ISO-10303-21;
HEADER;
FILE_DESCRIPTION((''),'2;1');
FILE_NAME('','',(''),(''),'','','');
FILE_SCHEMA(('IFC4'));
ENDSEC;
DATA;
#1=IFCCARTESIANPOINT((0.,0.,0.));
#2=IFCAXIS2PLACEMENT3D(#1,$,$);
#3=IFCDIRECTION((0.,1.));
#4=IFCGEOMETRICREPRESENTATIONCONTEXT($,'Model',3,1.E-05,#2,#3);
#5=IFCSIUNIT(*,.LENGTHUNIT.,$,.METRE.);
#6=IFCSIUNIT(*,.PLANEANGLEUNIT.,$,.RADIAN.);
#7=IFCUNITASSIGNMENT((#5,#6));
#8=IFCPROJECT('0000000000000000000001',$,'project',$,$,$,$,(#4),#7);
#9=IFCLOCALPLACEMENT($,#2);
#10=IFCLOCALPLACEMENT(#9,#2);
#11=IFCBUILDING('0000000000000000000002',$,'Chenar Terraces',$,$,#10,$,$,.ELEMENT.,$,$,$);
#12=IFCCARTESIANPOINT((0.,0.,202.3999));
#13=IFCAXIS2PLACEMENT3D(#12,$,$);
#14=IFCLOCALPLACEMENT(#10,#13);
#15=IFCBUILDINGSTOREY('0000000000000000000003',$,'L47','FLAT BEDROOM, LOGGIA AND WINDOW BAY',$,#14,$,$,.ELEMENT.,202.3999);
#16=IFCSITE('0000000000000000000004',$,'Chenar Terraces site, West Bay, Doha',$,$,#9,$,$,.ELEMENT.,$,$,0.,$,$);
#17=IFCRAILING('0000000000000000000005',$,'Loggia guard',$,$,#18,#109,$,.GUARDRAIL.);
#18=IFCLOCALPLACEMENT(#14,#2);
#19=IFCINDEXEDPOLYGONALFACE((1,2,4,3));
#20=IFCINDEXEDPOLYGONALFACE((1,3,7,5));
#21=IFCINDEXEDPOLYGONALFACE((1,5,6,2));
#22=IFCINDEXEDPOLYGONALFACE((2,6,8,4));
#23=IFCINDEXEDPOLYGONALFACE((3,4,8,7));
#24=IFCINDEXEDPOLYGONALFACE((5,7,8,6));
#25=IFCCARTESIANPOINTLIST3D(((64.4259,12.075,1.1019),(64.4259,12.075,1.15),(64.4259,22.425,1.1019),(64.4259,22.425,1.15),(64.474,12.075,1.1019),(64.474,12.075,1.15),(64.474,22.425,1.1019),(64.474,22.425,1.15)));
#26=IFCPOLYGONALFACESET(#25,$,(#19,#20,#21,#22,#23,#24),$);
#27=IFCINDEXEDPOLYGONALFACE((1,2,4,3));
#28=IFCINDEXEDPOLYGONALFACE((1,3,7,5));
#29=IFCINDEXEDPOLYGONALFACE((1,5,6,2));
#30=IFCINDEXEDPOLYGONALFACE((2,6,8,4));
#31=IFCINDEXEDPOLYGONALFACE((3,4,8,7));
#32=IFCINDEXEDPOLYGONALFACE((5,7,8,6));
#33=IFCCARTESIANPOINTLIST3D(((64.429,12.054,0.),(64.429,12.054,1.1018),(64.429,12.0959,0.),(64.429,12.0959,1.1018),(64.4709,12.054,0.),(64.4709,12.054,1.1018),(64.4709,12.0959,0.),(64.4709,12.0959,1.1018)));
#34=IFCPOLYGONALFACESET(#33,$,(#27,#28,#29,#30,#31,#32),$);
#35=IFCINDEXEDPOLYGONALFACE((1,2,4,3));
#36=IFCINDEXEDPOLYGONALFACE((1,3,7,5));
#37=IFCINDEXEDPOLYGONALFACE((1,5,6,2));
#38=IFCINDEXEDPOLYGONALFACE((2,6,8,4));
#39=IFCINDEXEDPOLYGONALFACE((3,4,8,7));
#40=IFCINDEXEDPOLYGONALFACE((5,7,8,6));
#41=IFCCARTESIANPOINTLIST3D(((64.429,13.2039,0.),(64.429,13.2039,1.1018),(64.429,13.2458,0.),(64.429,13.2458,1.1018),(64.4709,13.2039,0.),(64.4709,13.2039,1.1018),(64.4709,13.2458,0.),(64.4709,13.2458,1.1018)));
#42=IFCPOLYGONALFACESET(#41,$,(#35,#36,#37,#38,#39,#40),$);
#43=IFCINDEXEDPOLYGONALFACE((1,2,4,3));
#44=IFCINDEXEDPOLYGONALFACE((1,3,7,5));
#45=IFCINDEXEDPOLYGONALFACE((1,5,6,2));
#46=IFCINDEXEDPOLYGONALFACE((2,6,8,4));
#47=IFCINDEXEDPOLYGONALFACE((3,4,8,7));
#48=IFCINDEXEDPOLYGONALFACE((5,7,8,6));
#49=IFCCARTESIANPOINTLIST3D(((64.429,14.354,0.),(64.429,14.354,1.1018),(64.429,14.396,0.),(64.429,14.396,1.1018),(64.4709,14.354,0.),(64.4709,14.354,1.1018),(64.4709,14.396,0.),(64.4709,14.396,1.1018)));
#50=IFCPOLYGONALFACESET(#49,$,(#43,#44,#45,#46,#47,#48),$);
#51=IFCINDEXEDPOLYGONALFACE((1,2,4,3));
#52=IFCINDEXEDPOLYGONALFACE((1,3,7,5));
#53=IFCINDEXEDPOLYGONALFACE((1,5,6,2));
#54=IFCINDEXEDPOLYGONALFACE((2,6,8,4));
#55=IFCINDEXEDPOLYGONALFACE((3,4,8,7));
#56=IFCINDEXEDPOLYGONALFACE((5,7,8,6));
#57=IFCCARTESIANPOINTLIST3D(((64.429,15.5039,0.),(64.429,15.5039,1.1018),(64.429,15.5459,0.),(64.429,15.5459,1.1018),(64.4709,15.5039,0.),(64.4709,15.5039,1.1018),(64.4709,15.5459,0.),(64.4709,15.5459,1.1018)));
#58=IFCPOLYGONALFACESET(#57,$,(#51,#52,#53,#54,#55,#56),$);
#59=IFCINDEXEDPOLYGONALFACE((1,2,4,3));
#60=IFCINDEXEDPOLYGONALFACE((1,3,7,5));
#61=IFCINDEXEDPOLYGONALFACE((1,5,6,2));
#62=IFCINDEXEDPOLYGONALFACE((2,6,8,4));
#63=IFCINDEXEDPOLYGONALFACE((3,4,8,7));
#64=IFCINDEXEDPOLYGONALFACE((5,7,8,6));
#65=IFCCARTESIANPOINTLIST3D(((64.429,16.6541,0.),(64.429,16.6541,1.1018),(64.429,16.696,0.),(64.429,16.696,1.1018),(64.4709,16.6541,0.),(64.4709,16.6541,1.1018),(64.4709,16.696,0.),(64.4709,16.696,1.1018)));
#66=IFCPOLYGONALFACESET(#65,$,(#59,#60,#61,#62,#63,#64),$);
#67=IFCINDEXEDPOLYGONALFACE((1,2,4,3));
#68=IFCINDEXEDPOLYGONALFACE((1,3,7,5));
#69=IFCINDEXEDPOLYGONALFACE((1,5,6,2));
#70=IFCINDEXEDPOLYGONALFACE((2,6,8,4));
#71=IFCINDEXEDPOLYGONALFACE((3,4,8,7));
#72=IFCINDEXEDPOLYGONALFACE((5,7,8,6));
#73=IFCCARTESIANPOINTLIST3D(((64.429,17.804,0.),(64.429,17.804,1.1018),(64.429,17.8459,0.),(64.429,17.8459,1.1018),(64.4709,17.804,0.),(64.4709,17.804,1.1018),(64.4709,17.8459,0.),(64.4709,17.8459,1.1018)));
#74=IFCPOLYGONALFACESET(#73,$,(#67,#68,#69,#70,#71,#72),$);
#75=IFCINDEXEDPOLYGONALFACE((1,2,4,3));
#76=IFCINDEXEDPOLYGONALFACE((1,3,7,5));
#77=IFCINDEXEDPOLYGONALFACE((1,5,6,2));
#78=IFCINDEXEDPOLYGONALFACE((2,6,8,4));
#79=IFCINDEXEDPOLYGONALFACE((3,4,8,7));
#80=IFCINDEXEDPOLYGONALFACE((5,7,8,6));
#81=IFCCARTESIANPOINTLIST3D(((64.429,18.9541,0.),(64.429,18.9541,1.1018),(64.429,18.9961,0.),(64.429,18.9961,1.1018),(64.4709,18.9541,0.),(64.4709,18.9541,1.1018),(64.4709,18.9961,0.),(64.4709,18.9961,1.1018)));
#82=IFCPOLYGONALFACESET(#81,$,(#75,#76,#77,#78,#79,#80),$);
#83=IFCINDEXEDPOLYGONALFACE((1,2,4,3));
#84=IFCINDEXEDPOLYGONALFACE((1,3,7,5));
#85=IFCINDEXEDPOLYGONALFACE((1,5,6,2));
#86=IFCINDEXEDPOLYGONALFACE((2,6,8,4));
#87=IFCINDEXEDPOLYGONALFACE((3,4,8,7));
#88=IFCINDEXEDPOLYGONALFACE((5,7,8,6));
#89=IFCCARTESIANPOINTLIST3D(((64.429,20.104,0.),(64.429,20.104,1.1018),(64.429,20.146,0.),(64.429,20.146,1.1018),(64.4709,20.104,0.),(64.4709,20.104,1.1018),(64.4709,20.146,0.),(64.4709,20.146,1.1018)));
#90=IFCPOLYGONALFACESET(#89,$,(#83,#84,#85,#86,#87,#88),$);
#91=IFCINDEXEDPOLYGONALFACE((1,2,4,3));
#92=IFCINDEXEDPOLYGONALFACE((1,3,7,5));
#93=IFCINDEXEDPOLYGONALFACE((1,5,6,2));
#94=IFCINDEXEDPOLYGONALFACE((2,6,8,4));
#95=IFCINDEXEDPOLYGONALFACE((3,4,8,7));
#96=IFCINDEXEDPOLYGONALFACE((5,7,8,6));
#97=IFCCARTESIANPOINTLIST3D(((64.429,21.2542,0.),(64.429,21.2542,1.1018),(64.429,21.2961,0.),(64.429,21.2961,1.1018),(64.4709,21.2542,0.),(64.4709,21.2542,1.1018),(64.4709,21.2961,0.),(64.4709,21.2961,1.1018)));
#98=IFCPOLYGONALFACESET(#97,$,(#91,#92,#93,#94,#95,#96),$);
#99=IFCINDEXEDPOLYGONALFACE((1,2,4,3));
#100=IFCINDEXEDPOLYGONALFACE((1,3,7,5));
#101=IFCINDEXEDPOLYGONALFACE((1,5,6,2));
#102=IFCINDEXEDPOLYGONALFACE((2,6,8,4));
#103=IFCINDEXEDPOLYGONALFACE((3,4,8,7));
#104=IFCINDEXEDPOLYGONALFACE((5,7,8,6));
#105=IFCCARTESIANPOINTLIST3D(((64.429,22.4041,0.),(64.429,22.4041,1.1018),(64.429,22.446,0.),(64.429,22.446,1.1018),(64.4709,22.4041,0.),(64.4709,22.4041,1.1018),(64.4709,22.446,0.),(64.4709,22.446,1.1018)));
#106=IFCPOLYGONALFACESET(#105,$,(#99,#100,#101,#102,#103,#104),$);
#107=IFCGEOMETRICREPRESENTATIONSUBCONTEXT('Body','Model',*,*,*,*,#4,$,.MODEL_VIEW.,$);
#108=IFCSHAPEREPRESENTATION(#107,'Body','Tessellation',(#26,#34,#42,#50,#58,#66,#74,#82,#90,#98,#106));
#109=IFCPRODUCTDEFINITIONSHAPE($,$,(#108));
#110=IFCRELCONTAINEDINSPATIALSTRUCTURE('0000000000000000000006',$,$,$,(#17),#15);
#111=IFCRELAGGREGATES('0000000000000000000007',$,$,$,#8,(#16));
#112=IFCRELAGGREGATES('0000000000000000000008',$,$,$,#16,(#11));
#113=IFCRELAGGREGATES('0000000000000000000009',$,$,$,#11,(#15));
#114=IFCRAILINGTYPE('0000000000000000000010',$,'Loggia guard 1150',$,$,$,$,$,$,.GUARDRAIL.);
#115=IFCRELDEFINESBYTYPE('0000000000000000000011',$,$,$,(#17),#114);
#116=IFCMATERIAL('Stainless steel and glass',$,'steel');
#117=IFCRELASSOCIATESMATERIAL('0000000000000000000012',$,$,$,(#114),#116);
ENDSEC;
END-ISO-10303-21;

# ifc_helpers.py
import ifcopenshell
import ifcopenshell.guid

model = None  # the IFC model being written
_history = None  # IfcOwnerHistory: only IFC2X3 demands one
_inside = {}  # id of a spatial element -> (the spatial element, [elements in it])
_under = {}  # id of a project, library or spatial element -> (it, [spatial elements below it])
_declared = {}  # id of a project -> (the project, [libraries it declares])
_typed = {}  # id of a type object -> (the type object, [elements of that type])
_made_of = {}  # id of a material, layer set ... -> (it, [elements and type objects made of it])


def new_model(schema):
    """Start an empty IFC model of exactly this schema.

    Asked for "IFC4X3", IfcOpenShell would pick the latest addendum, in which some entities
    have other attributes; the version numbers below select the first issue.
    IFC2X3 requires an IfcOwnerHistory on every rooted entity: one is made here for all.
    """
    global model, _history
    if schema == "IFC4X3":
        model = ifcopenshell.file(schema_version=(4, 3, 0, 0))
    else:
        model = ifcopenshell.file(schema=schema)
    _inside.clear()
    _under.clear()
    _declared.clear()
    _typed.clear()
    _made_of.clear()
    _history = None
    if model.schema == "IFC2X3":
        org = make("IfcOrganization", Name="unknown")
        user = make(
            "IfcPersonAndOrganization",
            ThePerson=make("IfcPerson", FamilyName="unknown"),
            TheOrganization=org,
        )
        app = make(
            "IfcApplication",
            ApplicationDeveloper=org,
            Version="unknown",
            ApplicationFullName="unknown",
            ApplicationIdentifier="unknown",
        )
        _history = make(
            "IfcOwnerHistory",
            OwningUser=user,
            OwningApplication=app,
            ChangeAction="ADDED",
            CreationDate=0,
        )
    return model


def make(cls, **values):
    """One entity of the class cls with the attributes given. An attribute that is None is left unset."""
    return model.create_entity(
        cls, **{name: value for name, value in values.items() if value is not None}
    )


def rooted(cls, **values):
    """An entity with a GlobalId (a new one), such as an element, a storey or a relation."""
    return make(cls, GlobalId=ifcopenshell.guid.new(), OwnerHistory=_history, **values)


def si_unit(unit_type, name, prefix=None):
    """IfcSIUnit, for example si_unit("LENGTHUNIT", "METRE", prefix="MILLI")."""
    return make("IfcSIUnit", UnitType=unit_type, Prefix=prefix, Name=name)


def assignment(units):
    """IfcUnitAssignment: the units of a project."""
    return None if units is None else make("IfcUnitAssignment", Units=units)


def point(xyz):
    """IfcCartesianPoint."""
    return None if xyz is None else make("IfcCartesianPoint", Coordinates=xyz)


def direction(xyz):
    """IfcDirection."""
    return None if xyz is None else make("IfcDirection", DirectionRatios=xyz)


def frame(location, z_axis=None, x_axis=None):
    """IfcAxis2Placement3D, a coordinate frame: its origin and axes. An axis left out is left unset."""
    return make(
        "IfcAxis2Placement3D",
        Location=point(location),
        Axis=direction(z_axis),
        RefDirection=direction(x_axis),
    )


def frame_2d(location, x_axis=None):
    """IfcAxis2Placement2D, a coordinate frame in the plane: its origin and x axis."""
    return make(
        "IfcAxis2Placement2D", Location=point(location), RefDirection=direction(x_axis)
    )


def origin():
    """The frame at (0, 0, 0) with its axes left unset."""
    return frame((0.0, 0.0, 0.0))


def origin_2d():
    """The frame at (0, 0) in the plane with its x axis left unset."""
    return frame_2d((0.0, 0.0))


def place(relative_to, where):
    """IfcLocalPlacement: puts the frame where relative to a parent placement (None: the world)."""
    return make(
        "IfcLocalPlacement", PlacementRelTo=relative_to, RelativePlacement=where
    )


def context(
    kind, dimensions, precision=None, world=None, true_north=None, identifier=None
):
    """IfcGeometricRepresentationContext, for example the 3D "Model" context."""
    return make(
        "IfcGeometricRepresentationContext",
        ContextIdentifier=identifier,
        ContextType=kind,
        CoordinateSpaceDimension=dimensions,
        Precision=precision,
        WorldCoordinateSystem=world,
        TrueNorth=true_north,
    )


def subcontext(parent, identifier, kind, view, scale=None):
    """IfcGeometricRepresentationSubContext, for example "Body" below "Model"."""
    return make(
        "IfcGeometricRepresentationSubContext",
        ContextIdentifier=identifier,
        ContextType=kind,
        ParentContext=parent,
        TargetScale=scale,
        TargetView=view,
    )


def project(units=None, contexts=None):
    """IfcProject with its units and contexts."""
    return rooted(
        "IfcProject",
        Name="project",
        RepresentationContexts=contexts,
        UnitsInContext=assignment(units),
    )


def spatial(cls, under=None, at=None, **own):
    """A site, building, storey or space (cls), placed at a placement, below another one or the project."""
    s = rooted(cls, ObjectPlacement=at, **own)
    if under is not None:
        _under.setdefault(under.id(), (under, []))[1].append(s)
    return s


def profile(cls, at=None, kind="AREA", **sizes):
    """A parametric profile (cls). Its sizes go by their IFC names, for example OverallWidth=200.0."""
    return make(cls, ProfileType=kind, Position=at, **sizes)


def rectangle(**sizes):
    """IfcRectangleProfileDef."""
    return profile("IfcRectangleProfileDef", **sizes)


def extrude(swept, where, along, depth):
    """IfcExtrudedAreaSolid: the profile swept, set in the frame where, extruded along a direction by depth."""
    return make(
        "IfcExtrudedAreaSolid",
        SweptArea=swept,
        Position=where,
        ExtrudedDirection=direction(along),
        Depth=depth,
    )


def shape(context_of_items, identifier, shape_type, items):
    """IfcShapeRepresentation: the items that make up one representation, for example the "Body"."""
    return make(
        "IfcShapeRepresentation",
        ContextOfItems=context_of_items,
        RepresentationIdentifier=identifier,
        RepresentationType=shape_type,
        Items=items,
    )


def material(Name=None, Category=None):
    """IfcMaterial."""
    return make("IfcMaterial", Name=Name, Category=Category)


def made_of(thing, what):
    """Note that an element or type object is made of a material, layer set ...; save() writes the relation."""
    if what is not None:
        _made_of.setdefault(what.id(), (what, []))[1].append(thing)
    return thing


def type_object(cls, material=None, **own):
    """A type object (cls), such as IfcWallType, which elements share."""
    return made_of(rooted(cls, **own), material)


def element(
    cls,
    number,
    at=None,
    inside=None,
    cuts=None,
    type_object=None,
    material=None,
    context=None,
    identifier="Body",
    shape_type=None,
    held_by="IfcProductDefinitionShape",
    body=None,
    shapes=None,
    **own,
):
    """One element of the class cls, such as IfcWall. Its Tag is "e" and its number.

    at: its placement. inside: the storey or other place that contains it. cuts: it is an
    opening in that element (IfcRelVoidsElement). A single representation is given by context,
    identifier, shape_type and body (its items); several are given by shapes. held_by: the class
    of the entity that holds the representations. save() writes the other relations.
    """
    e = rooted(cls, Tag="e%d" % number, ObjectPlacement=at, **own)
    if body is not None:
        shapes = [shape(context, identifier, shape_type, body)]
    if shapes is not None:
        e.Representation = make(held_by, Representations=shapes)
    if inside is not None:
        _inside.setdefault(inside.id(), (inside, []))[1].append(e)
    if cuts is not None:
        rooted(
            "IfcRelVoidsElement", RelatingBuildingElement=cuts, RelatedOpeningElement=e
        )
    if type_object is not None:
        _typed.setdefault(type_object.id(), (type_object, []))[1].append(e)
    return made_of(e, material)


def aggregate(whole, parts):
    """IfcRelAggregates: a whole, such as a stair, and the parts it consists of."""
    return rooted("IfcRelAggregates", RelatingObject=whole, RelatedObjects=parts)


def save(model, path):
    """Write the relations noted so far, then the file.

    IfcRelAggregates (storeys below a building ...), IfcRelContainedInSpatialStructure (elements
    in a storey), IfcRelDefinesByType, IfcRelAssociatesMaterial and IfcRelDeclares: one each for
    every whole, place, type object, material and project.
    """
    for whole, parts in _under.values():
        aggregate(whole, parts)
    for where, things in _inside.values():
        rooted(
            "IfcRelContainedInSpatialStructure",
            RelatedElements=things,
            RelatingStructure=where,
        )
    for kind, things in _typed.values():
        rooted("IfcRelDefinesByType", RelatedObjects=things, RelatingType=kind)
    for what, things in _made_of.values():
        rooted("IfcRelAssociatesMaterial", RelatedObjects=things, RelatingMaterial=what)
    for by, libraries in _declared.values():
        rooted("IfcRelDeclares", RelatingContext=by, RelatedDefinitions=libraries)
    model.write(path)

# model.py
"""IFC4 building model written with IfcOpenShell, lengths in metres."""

from ifc_helpers import new_model, si_unit, direction, frame, origin, origin_2d, place, context, subcontext, project, spatial, rectangle, extrude, material, type_object, element, save


model = new_model("IFC4")

# Units and contexts
model_context = context("Model", 3, precision=1e-05, world=origin(), true_north=direction((0.0, 1.0)))
body_context = subcontext(model_context, "Body", "Model", "MODEL_VIEW")
ifc_project = project(units=[si_unit("LENGTHUNIT", "METRE"), si_unit("PLANEANGLEUNIT", "RADIAN")], contexts=[model_context])

# Site, building, storey
site_placement = place(None, origin())
site = spatial("IfcSite", under=ifc_project, at=site_placement, Name="Chenar Terraces site, West Bay, Doha", CompositionType="ELEMENT", RefElevation=0.0)
building_placement = place(site_placement, origin())
building = spatial("IfcBuilding", under=site, at=building_placement, Name="Chenar Terraces", CompositionType="ELEMENT")
storey_placement = place(building_placement, frame((0.0, 0.0, 202.3999)))
storey = spatial("IfcBuildingStorey", under=building, at=storey_placement, Name="L47", Description="FLAT BEDROOM, LOGGIA AND WINDOW BAY", CompositionType="ELEMENT", Elevation=202.3999)

# Railing
ifc_material_1 = material(Name="Stainless steel and glass", Category="steel")
railing_type = type_object("IfcRailingType", Name="Loggia guard 1150", PredefinedType="GUARDRAIL", material=ifc_material_1)
railing_placement = place(storey_placement, frame((64.45, 12.075, 0.0)))
element("IfcRailing", 1, at=railing_placement, inside=storey, type_object=railing_type, Name="Loggia guard", PredefinedType="GUARDRAIL", context=body_context, shape_type="SweptSolid", body=[
    extrude(rectangle(XDim=0.0481, YDim=0.0481, at=origin_2d()), frame((0.0, 0.0, 1.126), z_axis=(0.0, 1.0, 0.0), x_axis=(-1.0, 0.0, 0.0)), (0.0, 0.0, 1.0), 10.3501),
    extrude(rectangle(XDim=0.042, YDim=0.042, at=origin_2d()), origin(), (0.0, 0.0, 1.0), 1.1018),
    extrude(rectangle(XDim=0.042, YDim=0.042, at=origin_2d()), frame((0.0, 1.1499, 0.0)), (0.0, 0.0, 1.0), 1.1018),
    extrude(rectangle(XDim=0.042, YDim=0.042, at=origin_2d()), frame((0.0, 2.3, 0.0)), (0.0, 0.0, 1.0), 1.1018),
    extrude(rectangle(XDim=0.042, YDim=0.042, at=origin_2d()), frame((0.0, 3.45, 0.0)), (0.0, 0.0, 1.0), 1.1018),
    extrude(rectangle(XDim=0.042, YDim=0.042, at=origin_2d()), frame((0.0, 4.6001, 0.0)), (0.0, 0.0, 1.0), 1.1018),
    extrude(rectangle(XDim=0.042, YDim=0.042, at=origin_2d()), frame((0.0, 5.75, 0.0)), (0.0, 0.0, 1.0), 1.1018),
    extrude(rectangle(XDim=0.042, YDim=0.042, at=origin_2d()), frame((0.0, 6.9001, 0.0)), (0.0, 0.0, 1.0), 1.1018),
    extrude(rectangle(XDim=0.042, YDim=0.042, at=origin_2d()), frame((0.0, 8.05, 0.0)), (0.0, 0.0, 1.0), 1.1018),
    extrude(rectangle(XDim=0.042, YDim=0.042, at=origin_2d()), frame((0.0, 9.2002, 0.0)), (0.0, 0.0, 1.0), 1.1018),
    extrude(rectangle(XDim=0.042, YDim=0.042, at=origin_2d()), frame((0.0, 10.3501, 0.0)), (0.0, 0.0, 1.0), 1.1018),
])

save(model, "model.ifc")
